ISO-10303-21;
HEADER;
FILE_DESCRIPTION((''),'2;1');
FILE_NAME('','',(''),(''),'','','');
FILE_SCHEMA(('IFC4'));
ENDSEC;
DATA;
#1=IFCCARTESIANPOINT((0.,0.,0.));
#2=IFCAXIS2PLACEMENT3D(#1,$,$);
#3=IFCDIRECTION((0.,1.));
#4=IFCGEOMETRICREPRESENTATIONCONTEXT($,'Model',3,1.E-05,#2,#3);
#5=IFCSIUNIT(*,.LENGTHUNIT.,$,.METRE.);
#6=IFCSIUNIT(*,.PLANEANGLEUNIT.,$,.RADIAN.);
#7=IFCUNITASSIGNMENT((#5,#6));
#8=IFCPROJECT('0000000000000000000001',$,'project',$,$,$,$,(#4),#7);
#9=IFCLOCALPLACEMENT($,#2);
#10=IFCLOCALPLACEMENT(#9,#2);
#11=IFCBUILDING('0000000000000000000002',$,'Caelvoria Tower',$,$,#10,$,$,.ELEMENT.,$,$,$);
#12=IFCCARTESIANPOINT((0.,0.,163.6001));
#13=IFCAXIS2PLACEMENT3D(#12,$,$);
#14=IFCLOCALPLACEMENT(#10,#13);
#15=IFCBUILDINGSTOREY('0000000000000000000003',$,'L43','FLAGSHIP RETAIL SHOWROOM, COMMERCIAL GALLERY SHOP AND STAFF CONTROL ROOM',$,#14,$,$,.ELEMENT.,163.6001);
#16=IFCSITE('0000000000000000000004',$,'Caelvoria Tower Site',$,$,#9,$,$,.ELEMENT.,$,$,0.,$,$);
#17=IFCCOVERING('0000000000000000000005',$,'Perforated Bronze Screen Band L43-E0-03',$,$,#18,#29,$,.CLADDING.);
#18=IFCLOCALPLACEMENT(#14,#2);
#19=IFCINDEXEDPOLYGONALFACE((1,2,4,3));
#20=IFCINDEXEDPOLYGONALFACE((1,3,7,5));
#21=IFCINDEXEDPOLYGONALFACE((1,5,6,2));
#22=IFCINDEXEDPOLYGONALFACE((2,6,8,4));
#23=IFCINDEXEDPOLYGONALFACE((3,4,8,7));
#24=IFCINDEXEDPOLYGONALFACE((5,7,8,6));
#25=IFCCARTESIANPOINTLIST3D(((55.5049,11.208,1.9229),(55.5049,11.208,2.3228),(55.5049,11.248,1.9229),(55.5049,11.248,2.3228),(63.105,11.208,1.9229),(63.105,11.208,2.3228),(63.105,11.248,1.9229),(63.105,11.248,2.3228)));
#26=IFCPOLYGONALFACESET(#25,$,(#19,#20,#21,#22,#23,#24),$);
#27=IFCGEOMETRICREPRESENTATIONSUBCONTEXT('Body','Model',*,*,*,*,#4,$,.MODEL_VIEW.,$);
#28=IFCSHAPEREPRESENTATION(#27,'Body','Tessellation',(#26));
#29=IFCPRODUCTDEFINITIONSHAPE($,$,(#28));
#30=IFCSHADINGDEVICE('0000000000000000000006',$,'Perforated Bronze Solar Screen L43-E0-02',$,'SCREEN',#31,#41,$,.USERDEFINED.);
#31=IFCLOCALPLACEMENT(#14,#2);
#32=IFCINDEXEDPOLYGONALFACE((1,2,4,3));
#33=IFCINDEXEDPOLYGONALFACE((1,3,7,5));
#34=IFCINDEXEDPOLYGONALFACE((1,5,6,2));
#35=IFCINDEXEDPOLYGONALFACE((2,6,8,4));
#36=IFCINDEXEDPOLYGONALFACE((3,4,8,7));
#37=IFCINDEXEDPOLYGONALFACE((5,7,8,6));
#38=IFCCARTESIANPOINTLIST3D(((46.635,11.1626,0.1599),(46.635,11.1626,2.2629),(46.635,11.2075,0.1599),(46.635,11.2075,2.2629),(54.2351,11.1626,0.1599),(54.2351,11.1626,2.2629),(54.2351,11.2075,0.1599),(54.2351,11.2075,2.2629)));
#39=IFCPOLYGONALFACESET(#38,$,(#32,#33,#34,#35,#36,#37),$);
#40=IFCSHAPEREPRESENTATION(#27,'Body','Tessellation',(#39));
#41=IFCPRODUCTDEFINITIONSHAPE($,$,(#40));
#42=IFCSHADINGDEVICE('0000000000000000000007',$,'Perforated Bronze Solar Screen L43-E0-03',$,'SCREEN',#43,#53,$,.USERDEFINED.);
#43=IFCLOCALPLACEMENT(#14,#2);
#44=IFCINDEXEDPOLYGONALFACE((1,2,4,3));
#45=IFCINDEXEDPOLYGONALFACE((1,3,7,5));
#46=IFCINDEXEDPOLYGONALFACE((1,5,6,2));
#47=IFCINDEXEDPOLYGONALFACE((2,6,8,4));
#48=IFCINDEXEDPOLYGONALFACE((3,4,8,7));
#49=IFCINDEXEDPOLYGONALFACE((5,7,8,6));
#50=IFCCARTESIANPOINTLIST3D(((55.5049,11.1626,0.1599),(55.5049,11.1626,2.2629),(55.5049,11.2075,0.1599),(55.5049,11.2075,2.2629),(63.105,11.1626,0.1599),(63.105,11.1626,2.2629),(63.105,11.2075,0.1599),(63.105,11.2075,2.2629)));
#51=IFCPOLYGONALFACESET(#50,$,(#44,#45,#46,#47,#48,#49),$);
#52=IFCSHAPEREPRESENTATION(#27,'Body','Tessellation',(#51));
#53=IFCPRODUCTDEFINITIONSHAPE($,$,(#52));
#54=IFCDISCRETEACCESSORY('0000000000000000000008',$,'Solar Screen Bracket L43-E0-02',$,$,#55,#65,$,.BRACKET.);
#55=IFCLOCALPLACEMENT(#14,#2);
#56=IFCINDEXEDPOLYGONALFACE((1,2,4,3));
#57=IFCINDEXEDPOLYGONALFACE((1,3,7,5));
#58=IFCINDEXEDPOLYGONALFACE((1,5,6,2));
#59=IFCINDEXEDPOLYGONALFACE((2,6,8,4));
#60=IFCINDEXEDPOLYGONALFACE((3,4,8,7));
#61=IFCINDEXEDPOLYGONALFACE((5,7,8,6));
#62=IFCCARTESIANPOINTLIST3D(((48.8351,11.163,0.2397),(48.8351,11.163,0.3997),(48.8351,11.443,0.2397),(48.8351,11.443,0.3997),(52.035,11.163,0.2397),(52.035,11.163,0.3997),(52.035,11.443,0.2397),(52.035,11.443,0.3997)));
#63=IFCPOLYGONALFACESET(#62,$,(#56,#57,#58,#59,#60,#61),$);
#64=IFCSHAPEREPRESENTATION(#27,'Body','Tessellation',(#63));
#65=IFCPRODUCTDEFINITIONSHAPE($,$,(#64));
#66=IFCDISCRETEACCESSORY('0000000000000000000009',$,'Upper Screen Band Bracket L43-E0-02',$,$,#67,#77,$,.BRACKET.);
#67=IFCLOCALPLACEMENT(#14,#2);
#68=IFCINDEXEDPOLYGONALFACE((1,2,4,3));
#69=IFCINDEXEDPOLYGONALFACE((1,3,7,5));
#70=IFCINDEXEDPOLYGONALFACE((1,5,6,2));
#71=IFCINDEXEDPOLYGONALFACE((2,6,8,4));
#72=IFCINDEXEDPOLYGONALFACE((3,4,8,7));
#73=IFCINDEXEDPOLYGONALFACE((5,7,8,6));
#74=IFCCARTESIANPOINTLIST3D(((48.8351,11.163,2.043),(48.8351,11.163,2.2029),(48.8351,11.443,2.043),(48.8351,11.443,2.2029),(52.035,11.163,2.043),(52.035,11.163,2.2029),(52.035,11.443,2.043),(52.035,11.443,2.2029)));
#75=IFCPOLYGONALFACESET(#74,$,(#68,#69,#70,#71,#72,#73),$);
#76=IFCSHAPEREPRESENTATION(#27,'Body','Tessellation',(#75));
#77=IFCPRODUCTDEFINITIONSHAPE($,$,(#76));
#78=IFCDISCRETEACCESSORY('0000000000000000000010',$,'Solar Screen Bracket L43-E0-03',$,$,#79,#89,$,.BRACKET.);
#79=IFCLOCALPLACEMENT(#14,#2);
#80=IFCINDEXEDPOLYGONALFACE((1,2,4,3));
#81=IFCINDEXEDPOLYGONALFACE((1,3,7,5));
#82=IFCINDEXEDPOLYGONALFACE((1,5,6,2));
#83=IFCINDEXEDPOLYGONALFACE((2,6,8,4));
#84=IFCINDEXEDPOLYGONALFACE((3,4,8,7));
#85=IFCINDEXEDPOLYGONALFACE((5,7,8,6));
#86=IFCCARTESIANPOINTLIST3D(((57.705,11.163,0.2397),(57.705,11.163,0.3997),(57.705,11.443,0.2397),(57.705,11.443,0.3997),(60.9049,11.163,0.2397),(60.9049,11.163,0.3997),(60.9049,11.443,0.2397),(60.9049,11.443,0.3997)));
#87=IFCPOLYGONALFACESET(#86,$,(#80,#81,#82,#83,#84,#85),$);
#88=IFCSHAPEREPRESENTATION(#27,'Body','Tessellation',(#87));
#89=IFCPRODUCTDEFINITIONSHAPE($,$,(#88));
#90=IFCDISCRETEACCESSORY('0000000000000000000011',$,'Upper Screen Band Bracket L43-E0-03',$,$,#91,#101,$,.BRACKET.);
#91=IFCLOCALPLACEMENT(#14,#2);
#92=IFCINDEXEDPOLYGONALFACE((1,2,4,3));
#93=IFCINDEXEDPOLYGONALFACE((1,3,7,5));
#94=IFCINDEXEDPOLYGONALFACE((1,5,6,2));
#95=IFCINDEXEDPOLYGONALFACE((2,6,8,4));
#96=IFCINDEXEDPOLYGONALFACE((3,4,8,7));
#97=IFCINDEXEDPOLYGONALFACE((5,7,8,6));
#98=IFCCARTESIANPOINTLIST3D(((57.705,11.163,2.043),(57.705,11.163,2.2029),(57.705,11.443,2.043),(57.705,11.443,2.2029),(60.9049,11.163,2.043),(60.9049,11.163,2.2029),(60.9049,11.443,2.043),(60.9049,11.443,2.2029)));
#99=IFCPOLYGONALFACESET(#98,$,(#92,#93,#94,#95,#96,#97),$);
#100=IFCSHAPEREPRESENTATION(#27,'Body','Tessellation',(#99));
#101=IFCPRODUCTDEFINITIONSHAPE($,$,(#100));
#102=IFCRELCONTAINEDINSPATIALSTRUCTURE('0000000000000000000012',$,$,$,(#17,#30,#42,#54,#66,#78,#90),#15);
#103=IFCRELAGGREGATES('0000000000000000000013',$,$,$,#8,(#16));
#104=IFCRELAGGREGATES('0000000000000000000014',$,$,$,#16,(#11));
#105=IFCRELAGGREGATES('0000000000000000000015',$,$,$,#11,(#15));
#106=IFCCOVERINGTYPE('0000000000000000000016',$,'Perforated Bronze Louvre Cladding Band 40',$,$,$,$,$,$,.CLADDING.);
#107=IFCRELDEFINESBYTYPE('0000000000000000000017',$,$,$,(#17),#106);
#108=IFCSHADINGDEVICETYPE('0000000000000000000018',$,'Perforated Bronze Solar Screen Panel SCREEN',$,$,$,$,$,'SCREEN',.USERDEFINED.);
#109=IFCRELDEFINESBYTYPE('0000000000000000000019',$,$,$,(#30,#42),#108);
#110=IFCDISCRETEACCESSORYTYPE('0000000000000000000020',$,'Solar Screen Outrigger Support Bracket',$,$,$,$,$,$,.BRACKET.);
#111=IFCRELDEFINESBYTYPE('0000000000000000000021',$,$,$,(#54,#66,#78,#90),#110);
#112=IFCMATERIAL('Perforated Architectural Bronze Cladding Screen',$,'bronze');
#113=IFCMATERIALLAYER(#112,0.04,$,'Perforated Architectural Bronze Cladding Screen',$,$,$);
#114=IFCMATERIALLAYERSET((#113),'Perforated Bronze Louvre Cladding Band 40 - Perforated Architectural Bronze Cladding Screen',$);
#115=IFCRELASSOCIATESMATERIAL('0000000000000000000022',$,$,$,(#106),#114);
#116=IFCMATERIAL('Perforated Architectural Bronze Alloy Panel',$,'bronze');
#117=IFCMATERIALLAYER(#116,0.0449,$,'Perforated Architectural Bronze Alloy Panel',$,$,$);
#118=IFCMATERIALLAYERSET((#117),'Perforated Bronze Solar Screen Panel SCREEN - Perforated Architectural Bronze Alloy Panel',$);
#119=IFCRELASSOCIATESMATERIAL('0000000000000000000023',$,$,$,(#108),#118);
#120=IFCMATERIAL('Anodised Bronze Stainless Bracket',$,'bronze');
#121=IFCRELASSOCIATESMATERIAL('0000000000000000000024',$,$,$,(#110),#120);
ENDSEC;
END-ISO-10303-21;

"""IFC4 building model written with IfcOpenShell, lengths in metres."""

from ifc_helpers import new_model, si_unit, direction, frame, origin, origin_2d, place, context, subcontext, project, spatial, rectangle, extrude, material, layer, layer_set, type_object, element, save


model = new_model("IFC4")

# Units and contexts
model_context = context("Model", 3, precision=1e-05, world=origin(), true_north=direction((0.0, 1.0)))
body_context = subcontext(model_context, "Body", "Model", "MODEL_VIEW")
ifc_project = project(units=[si_unit("LENGTHUNIT", "METRE"), si_unit("PLANEANGLEUNIT", "RADIAN")], contexts=[model_context])

# Site, building, storey
site_placement = place(None, origin())
site = spatial("IfcSite", under=ifc_project, at=site_placement, Name="Caelvoria Tower Site", CompositionType="ELEMENT", RefElevation=0.0)
building_placement = place(site_placement, origin())
building = spatial("IfcBuilding", under=site, at=building_placement, Name="Caelvoria Tower", CompositionType="ELEMENT")
storey_placement = place(building_placement, frame((0.0, 0.0, 163.6001)))
storey = spatial("IfcBuildingStorey", under=building, at=storey_placement, Name="L43", Description="FLAGSHIP RETAIL SHOWROOM, COMMERCIAL GALLERY SHOP AND STAFF CONTROL ROOM", CompositionType="ELEMENT", Elevation=163.6001)

# Covering
ifc_material_1 = material(Name="Perforated Architectural Bronze Cladding Screen", Category="bronze")
ifc_layer_1 = layer(ifc_material_1, 0.04, Name="Perforated Architectural Bronze Cladding Screen")
ifc_layer_set_1 = layer_set([ifc_layer_1], Name="Perforated Bronze Louvre Cladding Band 40 - Perforated Architectural Bronze Cladding Screen")
covering_type = type_object("IfcCoveringType", Name="Perforated Bronze Louvre Cladding Band 40", PredefinedType="CLADDING", material=ifc_layer_set_1)
for number, where, z_axis, x_axis, name in (
    (1, (59.3049, 11.228, 1.9229), (0.0, 0.0, 1.0), (1.0, 0.0, 0.0), "Perforated Bronze Screen Band L43-E0-03"),
):
    element("IfcCovering", number, at=place(storey_placement, frame(where, z_axis=z_axis, x_axis=x_axis)), inside=storey, type_object=covering_type, Name=name, PredefinedType="CLADDING", context=body_context, shape_type="SweptSolid", body=[
        extrude(rectangle(XDim=7.6001, YDim=0.04, at=origin_2d()), origin(), (0.0, 0.0, 1.0), 0.3999),
    ])

# Shading devices
ifc_material_2 = material(Name="Perforated Architectural Bronze Alloy Panel", Category="bronze")
ifc_layer_2 = layer(ifc_material_2, 0.0449, Name="Perforated Architectural Bronze Alloy Panel")
ifc_layer_set_2 = layer_set([ifc_layer_2], Name="Perforated Bronze Solar Screen Panel SCREEN - Perforated Architectural Bronze Alloy Panel")
shading_device_type = type_object("IfcShadingDeviceType", Name="Perforated Bronze Solar Screen Panel SCREEN", ElementType="SCREEN", PredefinedType="USERDEFINED", material=ifc_layer_set_2)
for number, where, z_axis, x_axis, name in (
    (2, (50.4351, 11.1851, 0.1599), (0.0, 0.0, 1.0), (1.0, 0.0, 0.0), "Perforated Bronze Solar Screen L43-E0-02"),
    (3, (59.3049, 11.1851, 0.1599), (0.0, 0.0, 1.0), (1.0, 0.0, 0.0), "Perforated Bronze Solar Screen L43-E0-03"),
):
    element("IfcShadingDevice", number, at=place(storey_placement, frame(where, z_axis=z_axis, x_axis=x_axis)), inside=storey, type_object=shading_device_type, Name=name, ObjectType="SCREEN", PredefinedType="USERDEFINED", context=body_context, shape_type="SweptSolid", body=[
        extrude(rectangle(XDim=7.6001, YDim=0.0449, at=origin_2d()), origin(), (0.0, 0.0, 1.0), 2.103),
    ])

# Discrete accessories
ifc_material_3 = material(Name="Anodised Bronze Stainless Bracket", Category="bronze")
discrete_accessory_type = type_object("IfcDiscreteAccessoryType", Name="Solar Screen Outrigger Support Bracket", PredefinedType="BRACKET", material=ifc_material_3)
for number, where, z_axis, x_axis, name in (
    (4, (50.4351, 11.303, 0.2397), (0.0, 0.0, 1.0), (1.0, 0.0, 0.0), "Solar Screen Bracket L43-E0-02"),
    (5, (50.4351, 11.303, 2.043), (0.0, 0.0, 1.0), (1.0, 0.0, 0.0), "Upper Screen Band Bracket L43-E0-02"),
    (6, (59.3049, 11.303, 0.2397), (0.0, 0.0, 1.0), (1.0, 0.0, 0.0), "Solar Screen Bracket L43-E0-03"),
    (7, (59.3049, 11.303, 2.043), (0.0, 0.0, 1.0), (1.0, 0.0, 0.0), "Upper Screen Band Bracket L43-E0-03"),
):
    element("IfcDiscreteAccessory", number, at=place(storey_placement, frame(where, z_axis=z_axis, x_axis=x_axis)), inside=storey, type_object=discrete_accessory_type, Name=name, PredefinedType="BRACKET", context=body_context, shape_type="SweptSolid", body=[
        extrude(rectangle(XDim=3.2, YDim=0.28, at=origin_2d()), origin(), (0.0, 0.0, 1.0), 0.1599),
    ])

save(model, "model.ifc")
